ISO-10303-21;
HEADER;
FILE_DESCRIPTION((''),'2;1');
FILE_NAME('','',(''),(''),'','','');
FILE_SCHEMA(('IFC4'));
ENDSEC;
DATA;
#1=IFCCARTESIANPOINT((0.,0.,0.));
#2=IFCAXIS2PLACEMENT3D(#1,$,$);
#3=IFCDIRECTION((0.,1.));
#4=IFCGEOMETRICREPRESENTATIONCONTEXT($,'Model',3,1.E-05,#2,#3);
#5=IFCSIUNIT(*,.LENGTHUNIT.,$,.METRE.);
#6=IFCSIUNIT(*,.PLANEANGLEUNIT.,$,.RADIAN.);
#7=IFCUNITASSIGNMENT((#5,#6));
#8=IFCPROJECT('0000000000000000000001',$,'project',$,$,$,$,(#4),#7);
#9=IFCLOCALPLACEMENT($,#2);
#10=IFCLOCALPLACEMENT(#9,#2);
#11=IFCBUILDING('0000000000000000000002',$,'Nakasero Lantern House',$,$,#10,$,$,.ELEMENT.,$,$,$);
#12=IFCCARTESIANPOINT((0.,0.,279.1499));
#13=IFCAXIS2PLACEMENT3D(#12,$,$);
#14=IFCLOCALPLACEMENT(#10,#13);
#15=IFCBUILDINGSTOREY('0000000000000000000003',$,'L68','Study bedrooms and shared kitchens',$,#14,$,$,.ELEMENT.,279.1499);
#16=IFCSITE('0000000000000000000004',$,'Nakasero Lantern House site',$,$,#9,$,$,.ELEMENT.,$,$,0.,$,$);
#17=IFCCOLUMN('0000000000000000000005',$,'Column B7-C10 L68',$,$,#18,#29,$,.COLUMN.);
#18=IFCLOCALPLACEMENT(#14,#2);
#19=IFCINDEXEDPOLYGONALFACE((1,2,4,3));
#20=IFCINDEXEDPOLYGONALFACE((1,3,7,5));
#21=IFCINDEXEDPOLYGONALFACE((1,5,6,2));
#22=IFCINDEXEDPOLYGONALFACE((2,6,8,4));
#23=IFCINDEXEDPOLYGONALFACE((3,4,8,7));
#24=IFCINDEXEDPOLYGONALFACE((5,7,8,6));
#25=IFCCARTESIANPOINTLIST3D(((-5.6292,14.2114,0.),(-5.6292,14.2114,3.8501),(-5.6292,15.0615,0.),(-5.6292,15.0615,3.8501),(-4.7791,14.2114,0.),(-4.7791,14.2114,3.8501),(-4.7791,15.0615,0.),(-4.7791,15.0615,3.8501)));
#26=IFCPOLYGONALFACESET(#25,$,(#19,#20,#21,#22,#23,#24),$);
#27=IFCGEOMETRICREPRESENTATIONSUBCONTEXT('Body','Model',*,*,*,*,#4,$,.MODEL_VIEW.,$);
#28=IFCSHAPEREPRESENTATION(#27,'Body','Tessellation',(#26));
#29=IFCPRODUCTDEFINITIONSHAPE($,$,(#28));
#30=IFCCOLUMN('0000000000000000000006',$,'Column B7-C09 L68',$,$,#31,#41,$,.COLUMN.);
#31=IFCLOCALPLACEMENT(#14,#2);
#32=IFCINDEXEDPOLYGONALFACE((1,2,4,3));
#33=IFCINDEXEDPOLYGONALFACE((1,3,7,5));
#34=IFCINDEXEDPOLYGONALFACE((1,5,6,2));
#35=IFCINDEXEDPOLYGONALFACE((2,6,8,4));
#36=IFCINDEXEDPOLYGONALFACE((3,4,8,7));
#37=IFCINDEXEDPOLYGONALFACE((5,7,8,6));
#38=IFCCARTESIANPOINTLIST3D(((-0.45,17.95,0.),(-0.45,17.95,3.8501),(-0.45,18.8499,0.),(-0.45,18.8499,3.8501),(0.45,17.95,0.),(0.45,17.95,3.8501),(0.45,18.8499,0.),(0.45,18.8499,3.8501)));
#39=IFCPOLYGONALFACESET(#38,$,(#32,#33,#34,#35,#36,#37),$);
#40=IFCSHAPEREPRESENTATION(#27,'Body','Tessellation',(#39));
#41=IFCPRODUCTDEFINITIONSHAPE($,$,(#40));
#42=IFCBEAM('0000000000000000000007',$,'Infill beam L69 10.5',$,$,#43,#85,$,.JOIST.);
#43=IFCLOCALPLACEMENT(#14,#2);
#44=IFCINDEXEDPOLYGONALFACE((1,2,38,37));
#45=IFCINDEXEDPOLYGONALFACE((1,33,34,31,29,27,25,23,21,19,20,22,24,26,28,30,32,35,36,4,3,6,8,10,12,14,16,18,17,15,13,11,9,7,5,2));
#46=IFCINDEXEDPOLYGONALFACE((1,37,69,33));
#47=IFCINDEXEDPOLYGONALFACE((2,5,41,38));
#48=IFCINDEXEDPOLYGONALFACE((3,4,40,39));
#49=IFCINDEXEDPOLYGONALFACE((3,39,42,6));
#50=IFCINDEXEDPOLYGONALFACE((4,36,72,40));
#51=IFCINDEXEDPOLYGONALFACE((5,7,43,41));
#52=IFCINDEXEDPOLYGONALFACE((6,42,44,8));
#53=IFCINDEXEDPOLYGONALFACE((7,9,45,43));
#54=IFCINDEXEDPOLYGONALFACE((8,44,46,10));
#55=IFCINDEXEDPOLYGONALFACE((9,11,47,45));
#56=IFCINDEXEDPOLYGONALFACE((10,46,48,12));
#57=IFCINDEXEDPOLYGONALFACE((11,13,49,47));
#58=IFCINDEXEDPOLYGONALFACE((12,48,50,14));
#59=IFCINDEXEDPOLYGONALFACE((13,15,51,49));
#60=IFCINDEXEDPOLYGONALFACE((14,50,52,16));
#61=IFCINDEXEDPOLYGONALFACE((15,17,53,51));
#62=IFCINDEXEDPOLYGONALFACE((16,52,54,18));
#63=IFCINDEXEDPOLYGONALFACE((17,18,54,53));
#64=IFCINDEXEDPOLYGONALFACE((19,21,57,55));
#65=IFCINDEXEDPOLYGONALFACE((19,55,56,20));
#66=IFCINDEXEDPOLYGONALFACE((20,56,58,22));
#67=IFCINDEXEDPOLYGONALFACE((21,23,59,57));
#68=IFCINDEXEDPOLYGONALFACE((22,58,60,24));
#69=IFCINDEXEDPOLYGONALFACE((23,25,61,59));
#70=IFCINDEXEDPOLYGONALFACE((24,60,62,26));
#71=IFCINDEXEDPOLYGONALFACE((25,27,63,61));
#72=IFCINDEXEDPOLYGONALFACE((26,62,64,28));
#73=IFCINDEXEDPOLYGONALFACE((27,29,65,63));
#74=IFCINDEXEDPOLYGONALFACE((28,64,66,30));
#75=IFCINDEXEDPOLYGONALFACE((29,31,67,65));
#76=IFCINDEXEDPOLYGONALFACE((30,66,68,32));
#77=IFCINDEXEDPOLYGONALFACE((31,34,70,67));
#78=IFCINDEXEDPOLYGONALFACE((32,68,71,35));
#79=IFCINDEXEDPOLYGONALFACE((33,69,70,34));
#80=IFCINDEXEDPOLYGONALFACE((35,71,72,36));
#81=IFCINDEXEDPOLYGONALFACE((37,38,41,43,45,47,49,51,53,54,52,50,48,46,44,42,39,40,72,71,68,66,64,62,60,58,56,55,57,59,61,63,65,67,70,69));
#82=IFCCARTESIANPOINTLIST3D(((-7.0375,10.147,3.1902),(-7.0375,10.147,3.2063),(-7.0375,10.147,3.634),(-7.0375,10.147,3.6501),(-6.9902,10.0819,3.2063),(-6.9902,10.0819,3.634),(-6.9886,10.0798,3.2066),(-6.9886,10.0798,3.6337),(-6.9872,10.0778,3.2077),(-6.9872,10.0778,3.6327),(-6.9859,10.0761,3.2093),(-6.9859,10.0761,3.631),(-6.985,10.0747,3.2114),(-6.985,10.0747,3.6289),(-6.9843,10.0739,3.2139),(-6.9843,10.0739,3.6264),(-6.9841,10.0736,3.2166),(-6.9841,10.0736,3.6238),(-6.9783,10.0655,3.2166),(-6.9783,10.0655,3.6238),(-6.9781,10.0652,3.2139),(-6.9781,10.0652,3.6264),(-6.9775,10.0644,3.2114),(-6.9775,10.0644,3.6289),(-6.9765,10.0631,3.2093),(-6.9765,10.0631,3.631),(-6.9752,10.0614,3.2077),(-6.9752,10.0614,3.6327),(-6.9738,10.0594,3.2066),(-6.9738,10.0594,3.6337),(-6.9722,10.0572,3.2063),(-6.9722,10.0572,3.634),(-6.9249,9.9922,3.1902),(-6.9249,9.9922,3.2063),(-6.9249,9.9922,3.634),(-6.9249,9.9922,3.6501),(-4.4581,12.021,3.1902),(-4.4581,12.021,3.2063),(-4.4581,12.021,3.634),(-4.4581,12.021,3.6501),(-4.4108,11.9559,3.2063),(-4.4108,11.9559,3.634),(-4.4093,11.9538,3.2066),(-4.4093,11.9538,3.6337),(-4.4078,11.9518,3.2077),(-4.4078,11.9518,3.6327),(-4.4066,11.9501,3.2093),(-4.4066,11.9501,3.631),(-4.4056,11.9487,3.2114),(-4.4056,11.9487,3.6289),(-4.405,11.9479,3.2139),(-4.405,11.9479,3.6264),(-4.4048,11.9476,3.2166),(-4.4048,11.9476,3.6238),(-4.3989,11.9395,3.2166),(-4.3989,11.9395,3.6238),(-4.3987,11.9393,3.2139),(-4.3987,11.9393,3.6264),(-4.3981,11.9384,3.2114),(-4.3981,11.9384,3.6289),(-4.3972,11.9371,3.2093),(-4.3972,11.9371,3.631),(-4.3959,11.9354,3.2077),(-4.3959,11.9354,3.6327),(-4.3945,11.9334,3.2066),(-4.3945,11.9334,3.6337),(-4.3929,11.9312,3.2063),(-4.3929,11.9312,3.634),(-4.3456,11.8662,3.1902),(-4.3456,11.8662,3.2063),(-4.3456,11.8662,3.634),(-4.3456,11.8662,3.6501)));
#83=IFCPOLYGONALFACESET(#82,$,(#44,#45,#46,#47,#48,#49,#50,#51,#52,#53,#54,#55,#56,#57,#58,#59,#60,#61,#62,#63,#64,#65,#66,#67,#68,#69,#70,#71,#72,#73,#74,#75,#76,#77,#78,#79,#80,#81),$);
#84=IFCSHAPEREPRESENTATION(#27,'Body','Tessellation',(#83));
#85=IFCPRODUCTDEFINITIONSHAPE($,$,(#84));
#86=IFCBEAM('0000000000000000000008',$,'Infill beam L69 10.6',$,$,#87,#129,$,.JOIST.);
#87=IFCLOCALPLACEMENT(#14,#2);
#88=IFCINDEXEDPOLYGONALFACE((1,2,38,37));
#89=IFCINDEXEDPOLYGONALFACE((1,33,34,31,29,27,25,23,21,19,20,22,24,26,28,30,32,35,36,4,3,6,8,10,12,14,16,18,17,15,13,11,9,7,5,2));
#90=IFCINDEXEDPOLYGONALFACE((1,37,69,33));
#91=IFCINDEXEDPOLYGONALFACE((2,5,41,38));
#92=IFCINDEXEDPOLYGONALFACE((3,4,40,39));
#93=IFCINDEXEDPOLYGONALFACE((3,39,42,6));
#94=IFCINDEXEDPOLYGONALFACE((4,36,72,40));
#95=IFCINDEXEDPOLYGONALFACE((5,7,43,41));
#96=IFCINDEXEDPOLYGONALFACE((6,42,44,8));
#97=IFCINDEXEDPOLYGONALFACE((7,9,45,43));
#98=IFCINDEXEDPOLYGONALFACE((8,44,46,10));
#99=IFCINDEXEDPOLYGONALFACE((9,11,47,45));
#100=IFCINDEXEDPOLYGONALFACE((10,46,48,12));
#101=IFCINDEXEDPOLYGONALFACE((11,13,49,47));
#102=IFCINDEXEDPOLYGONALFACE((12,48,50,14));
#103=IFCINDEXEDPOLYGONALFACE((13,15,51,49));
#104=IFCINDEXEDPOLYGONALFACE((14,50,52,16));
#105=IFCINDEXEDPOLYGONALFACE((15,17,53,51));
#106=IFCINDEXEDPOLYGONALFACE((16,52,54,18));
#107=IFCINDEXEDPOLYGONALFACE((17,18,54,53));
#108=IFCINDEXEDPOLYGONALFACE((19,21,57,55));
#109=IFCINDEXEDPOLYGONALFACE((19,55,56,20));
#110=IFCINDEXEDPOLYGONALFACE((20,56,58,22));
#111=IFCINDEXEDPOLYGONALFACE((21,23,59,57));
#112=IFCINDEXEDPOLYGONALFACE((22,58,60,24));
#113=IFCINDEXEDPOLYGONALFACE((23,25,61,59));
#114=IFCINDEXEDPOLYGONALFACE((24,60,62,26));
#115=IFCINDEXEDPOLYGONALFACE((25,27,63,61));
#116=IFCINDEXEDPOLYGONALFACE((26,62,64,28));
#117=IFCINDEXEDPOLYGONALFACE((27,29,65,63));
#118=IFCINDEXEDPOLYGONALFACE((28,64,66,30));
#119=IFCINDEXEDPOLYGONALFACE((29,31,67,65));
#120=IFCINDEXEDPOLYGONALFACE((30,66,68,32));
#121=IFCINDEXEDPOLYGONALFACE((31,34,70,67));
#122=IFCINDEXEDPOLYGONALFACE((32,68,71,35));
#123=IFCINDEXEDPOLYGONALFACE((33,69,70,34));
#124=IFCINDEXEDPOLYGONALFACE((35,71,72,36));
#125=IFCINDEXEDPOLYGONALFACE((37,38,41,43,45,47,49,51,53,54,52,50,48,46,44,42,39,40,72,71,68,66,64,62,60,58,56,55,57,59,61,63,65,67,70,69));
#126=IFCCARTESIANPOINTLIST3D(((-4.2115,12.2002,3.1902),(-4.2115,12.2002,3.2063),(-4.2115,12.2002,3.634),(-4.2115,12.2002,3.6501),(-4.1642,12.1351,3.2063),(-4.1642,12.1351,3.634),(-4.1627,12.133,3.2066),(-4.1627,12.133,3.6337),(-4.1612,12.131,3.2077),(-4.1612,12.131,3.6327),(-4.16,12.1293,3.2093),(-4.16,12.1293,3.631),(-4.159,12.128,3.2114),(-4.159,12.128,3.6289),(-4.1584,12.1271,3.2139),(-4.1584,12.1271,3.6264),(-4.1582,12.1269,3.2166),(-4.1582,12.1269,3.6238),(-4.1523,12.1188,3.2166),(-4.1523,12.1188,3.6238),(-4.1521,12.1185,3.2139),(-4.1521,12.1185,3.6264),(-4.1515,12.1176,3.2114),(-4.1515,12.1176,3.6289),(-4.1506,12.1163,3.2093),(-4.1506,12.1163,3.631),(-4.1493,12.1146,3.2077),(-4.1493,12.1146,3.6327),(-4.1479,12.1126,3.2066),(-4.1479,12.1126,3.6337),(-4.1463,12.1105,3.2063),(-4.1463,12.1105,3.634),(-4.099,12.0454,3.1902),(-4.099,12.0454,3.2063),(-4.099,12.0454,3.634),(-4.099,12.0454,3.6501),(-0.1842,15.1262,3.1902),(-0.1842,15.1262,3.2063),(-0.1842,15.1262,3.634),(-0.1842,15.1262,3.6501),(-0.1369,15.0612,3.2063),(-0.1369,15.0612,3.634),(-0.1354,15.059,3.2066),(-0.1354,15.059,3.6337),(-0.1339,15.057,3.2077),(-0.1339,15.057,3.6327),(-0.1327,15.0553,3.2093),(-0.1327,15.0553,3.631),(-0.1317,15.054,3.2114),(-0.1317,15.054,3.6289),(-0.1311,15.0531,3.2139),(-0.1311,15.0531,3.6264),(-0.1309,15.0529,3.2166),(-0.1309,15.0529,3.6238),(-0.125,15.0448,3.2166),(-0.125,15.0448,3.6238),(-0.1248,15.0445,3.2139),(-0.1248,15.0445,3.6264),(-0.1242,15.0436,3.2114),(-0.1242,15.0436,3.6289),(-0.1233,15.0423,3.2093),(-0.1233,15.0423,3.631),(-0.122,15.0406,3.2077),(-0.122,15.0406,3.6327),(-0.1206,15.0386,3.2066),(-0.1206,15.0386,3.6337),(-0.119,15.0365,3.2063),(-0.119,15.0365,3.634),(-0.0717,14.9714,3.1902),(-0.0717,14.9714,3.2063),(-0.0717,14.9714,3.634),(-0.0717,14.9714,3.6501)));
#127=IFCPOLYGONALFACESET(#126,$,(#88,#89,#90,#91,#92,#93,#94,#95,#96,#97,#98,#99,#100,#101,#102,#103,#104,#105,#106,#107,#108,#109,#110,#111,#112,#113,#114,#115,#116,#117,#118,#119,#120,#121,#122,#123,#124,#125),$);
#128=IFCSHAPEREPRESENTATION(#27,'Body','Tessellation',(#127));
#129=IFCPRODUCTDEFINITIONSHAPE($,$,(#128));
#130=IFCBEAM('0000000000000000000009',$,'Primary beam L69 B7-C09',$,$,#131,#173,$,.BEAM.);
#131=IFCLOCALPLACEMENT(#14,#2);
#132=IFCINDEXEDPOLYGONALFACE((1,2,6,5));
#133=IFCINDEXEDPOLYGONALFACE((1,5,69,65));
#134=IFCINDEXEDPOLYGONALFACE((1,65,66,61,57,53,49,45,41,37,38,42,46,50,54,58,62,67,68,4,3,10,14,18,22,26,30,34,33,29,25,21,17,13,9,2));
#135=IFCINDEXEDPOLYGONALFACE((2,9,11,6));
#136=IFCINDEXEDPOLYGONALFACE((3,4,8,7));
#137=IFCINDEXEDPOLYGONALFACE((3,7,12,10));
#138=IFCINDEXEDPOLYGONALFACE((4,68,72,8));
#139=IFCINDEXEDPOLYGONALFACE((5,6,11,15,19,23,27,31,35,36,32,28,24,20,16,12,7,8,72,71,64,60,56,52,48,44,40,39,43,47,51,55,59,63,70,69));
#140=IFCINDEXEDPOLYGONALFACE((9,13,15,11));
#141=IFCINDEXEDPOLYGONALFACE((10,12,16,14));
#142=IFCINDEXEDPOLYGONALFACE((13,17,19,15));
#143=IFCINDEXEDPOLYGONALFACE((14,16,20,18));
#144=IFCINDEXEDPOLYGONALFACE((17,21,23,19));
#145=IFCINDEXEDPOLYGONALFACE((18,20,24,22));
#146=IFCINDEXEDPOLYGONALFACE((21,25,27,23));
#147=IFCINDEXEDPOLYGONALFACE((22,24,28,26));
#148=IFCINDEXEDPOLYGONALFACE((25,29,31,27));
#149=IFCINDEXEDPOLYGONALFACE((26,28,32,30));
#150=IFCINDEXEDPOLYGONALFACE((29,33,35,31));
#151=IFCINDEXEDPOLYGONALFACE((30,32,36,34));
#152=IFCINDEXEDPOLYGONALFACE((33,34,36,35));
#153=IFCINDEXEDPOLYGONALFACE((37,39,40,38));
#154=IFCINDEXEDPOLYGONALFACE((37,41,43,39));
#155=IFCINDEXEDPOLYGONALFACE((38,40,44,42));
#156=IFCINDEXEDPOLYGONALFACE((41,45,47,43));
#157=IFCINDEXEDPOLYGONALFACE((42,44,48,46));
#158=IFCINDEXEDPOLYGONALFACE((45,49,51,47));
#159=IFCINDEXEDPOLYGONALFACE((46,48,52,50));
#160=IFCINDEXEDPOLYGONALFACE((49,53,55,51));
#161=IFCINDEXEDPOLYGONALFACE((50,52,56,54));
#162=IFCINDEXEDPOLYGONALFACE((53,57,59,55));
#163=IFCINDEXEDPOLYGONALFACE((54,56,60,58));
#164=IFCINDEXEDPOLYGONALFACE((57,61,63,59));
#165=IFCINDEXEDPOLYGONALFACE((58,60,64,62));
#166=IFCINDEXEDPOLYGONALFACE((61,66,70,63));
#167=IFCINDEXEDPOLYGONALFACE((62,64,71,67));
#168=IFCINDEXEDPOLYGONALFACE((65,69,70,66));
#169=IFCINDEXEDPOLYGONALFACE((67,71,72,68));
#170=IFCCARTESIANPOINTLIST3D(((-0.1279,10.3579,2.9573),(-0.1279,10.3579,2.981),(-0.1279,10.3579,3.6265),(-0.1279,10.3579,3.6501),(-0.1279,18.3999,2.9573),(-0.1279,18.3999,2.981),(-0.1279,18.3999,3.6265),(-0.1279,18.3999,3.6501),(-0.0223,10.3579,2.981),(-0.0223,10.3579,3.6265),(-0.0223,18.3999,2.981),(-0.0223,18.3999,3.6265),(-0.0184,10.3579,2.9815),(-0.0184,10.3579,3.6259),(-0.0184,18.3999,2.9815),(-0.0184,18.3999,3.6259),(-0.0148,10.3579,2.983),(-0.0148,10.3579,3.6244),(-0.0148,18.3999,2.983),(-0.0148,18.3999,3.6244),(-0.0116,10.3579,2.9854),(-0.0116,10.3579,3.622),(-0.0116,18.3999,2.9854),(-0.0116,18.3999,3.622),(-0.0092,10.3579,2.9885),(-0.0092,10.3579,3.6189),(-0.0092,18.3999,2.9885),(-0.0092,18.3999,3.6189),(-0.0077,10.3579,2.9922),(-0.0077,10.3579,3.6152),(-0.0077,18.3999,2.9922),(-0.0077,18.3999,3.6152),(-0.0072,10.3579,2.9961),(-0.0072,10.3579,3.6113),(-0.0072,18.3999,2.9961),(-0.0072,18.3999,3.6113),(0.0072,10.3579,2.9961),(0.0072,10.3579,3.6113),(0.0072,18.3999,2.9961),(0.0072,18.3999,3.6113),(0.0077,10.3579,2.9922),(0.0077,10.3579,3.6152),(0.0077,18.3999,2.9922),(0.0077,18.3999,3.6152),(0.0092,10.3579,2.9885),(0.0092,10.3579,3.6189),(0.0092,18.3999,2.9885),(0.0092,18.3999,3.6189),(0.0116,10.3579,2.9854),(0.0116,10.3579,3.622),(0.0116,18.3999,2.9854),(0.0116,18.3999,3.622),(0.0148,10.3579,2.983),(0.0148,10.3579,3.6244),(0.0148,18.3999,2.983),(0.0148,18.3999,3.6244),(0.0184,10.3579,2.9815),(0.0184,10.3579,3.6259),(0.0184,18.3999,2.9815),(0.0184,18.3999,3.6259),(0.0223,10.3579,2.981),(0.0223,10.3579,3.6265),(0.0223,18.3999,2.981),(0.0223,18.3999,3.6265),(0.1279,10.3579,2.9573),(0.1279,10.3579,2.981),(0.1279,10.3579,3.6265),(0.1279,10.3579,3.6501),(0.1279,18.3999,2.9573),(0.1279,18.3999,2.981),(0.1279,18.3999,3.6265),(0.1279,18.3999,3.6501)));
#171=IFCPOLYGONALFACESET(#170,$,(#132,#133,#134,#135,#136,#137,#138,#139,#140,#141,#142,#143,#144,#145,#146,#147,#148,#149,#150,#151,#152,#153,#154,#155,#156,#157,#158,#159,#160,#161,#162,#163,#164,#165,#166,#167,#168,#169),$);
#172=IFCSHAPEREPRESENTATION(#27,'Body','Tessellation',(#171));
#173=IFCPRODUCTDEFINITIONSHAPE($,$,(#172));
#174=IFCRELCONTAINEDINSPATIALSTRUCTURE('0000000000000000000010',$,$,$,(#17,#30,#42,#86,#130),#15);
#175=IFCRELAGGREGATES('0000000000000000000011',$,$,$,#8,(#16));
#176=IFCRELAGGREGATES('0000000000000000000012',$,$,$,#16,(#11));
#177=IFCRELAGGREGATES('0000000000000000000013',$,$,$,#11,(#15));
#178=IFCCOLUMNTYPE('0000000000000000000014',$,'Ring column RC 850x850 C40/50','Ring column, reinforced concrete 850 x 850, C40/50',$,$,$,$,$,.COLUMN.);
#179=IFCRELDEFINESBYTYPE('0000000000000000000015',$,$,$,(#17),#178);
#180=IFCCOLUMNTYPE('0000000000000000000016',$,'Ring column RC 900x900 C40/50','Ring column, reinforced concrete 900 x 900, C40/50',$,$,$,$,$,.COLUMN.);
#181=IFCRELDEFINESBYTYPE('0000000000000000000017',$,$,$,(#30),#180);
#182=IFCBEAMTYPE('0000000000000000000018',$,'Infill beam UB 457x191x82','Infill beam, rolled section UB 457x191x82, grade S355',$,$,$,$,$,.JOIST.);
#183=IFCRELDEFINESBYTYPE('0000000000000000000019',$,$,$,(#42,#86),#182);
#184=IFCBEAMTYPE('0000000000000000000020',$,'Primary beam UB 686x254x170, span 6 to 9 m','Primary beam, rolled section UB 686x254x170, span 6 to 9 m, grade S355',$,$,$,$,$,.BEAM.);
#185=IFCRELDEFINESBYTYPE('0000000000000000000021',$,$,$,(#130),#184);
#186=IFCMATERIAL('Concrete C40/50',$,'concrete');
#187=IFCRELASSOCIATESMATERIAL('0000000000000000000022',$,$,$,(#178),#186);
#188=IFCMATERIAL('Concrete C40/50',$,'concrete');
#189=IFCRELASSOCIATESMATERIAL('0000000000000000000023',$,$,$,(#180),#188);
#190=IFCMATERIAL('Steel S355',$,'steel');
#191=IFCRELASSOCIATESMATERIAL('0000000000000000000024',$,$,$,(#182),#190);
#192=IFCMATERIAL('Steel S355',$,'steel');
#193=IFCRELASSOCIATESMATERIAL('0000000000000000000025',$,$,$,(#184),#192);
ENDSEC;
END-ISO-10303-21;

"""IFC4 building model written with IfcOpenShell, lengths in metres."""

from ifc_helpers import new_model, si_unit, direction, frame, origin, origin_2d, place, context, subcontext, project, spatial, rectangle, i_section, extrude, material, material_profile, profile_set, type_object, element, save


model = new_model("IFC4")

# Units and contexts
model_context = context("Model", 3, precision=1e-05, world=origin(), true_north=direction((0.0, 1.0)))
body_context = subcontext(model_context, "Body", "Model", "MODEL_VIEW")
ifc_project = project(units=[si_unit("LENGTHUNIT", "METRE"), si_unit("PLANEANGLEUNIT", "RADIAN")], contexts=[model_context])

# Site, building, storey
site_placement = place(None, origin())
site = spatial("IfcSite", under=ifc_project, at=site_placement, Name="Nakasero Lantern House site", CompositionType="ELEMENT", RefElevation=0.0)
building_placement = place(site_placement, origin())
building = spatial("IfcBuilding", under=site, at=building_placement, Name="Nakasero Lantern House", CompositionType="ELEMENT")
storey_placement = place(building_placement, frame((0.0, 0.0, 279.1499)))
storey = spatial("IfcBuildingStorey", under=building, at=storey_placement, Name="L68", Description="Study bedrooms and shared kitchens", CompositionType="ELEMENT", Elevation=279.1499)

# Columns
ifc_material_1 = material(Name="Concrete C40/50", Category="concrete")
ifc_material_profile_1 = material_profile(ifc_material_1, rectangle(XDim=0.8501, YDim=0.8501, at=origin_2d()), Name="RC 850x850")
ifc_profile_set_1 = profile_set([ifc_material_profile_1], Name="Concrete C40/50")
column_type_1 = type_object("IfcColumnType", Name="Ring column RC 850x850 C40/50", Description="Ring column, reinforced concrete 850 x 850, C40/50", PredefinedType="COLUMN", material=ifc_profile_set_1)
column_1_placement = place(storey_placement, frame((-5.2041, 14.6365, 0.0), z_axis=(0.0, 0.0, 1.0), x_axis=(1.0, 0.0, 0.0)))
element("IfcColumn", 1, at=column_1_placement, inside=storey, type_object=column_type_1, Name="Column B7-C10 L68", PredefinedType="COLUMN", context=body_context, shape_type="SweptSolid", body=[
    extrude(rectangle(XDim=0.8501, YDim=0.8501, at=origin_2d()), origin(), (0.0, 0.0, 1.0), 3.8501),
])
ifc_material_2 = material(Name="Concrete C40/50", Category="concrete")
ifc_material_profile_2 = material_profile(ifc_material_2, rectangle(XDim=0.8999, YDim=0.8999, at=origin_2d()), Name="RC 900x900")
ifc_profile_set_2 = profile_set([ifc_material_profile_2], Name="Concrete C40/50")
column_type_2 = type_object("IfcColumnType", Name="Ring column RC 900x900 C40/50", Description="Ring column, reinforced concrete 900 x 900, C40/50", PredefinedType="COLUMN", material=ifc_profile_set_2)
column_2_placement = place(storey_placement, frame((0.0, 18.3999, 0.0), z_axis=(0.0, 0.0, 1.0), x_axis=(1.0, 0.0, 0.0)))
element("IfcColumn", 2, at=column_2_placement, inside=storey, type_object=column_type_2, Name="Column B7-C09 L68", PredefinedType="COLUMN", context=body_context, shape_type="SweptSolid", body=[
    extrude(rectangle(XDim=0.8999, YDim=0.8999, at=origin_2d()), origin(), (0.0, 0.0, 1.0), 3.8501),
])

# Beams
ifc_material_3 = material(Name="Steel S355", Category="steel")
ifc_material_profile_3 = material_profile(ifc_material_3, i_section(OverallWidth=0.1914, OverallDepth=0.46, WebThickness=0.01, FlangeThickness=0.0161, FilletRadius=0.0103, at=origin_2d()), Name="UB 457x191x82")
ifc_profile_set_3 = profile_set([ifc_material_profile_3], Name="Steel S355")
beam_type_1 = type_object("IfcBeamType", Name="Infill beam UB 457x191x82", Description="Infill beam, rolled section UB 457x191x82, grade S355", PredefinedType="JOIST", material=ifc_profile_set_3)
beam_1_placement = place(storey_placement, frame((-6.9812, 10.0696, 3.4202), z_axis=(0.809014, 0.587789, 0.0), x_axis=(-0.587789, 0.809014, 0.0)))
element("IfcBeam", 3, at=beam_1_placement, inside=storey, type_object=beam_type_1, Name="Infill beam L69 10.5", PredefinedType="JOIST", context=body_context, shape_type="SweptSolid", body=[
    extrude(i_section(OverallWidth=0.1914, OverallDepth=0.46, WebThickness=0.01, FlangeThickness=0.0161, FilletRadius=0.0103, at=origin_2d()), origin(), (0.0, 0.0, 1.0), 3.1882),
])
beam_2_placement = place(storey_placement, frame((-4.1553, 12.1228, 3.4202), z_axis=(0.809018, 0.587784, 0.0), x_axis=(-0.587784, 0.809018, 0.0)))
element("IfcBeam", 4, at=beam_2_placement, inside=storey, type_object=beam_type_1, Name="Infill beam L69 10.6", PredefinedType="JOIST", context=body_context, shape_type="SweptSolid", body=[
    extrude(i_section(OverallWidth=0.1914, OverallDepth=0.46, WebThickness=0.01, FlangeThickness=0.0161, FilletRadius=0.0103, at=origin_2d()), origin(), (0.0, 0.0, 1.0), 4.978),
])
ifc_material_4 = material(Name="Steel S355", Category="steel")
ifc_material_profile_4 = material_profile(ifc_material_4, i_section(OverallWidth=0.2559, OverallDepth=0.6929, WebThickness=0.0144, FlangeThickness=0.0237, FilletRadius=0.0151, at=origin_2d()), Name="UB 686x254x170")
ifc_profile_set_4 = profile_set([ifc_material_profile_4], Name="Steel S355")
beam_type_2 = type_object("IfcBeamType", Name="Primary beam UB 686x254x170, span 6 to 9 m", Description="Primary beam, rolled section UB 686x254x170, span 6 to 9 m, grade S355", PredefinedType="BEAM", material=ifc_profile_set_4)
beam_3_placement = place(storey_placement, frame((0.0, 18.3999, 3.3037), z_axis=(0.0, -1.0, 0.0), x_axis=(1.0, 0.0, 0.0)))
element("IfcBeam", 5, at=beam_3_placement, inside=storey, type_object=beam_type_2, Name="Primary beam L69 B7-C09", PredefinedType="BEAM", context=body_context, shape_type="SweptSolid", body=[
    extrude(i_section(OverallWidth=0.2559, OverallDepth=0.6929, WebThickness=0.0144, FlangeThickness=0.0237, FilletRadius=0.0151, at=origin_2d()), origin(), (0.0, 0.0, 1.0), 8.042),
])

save(model, "model.ifc")
